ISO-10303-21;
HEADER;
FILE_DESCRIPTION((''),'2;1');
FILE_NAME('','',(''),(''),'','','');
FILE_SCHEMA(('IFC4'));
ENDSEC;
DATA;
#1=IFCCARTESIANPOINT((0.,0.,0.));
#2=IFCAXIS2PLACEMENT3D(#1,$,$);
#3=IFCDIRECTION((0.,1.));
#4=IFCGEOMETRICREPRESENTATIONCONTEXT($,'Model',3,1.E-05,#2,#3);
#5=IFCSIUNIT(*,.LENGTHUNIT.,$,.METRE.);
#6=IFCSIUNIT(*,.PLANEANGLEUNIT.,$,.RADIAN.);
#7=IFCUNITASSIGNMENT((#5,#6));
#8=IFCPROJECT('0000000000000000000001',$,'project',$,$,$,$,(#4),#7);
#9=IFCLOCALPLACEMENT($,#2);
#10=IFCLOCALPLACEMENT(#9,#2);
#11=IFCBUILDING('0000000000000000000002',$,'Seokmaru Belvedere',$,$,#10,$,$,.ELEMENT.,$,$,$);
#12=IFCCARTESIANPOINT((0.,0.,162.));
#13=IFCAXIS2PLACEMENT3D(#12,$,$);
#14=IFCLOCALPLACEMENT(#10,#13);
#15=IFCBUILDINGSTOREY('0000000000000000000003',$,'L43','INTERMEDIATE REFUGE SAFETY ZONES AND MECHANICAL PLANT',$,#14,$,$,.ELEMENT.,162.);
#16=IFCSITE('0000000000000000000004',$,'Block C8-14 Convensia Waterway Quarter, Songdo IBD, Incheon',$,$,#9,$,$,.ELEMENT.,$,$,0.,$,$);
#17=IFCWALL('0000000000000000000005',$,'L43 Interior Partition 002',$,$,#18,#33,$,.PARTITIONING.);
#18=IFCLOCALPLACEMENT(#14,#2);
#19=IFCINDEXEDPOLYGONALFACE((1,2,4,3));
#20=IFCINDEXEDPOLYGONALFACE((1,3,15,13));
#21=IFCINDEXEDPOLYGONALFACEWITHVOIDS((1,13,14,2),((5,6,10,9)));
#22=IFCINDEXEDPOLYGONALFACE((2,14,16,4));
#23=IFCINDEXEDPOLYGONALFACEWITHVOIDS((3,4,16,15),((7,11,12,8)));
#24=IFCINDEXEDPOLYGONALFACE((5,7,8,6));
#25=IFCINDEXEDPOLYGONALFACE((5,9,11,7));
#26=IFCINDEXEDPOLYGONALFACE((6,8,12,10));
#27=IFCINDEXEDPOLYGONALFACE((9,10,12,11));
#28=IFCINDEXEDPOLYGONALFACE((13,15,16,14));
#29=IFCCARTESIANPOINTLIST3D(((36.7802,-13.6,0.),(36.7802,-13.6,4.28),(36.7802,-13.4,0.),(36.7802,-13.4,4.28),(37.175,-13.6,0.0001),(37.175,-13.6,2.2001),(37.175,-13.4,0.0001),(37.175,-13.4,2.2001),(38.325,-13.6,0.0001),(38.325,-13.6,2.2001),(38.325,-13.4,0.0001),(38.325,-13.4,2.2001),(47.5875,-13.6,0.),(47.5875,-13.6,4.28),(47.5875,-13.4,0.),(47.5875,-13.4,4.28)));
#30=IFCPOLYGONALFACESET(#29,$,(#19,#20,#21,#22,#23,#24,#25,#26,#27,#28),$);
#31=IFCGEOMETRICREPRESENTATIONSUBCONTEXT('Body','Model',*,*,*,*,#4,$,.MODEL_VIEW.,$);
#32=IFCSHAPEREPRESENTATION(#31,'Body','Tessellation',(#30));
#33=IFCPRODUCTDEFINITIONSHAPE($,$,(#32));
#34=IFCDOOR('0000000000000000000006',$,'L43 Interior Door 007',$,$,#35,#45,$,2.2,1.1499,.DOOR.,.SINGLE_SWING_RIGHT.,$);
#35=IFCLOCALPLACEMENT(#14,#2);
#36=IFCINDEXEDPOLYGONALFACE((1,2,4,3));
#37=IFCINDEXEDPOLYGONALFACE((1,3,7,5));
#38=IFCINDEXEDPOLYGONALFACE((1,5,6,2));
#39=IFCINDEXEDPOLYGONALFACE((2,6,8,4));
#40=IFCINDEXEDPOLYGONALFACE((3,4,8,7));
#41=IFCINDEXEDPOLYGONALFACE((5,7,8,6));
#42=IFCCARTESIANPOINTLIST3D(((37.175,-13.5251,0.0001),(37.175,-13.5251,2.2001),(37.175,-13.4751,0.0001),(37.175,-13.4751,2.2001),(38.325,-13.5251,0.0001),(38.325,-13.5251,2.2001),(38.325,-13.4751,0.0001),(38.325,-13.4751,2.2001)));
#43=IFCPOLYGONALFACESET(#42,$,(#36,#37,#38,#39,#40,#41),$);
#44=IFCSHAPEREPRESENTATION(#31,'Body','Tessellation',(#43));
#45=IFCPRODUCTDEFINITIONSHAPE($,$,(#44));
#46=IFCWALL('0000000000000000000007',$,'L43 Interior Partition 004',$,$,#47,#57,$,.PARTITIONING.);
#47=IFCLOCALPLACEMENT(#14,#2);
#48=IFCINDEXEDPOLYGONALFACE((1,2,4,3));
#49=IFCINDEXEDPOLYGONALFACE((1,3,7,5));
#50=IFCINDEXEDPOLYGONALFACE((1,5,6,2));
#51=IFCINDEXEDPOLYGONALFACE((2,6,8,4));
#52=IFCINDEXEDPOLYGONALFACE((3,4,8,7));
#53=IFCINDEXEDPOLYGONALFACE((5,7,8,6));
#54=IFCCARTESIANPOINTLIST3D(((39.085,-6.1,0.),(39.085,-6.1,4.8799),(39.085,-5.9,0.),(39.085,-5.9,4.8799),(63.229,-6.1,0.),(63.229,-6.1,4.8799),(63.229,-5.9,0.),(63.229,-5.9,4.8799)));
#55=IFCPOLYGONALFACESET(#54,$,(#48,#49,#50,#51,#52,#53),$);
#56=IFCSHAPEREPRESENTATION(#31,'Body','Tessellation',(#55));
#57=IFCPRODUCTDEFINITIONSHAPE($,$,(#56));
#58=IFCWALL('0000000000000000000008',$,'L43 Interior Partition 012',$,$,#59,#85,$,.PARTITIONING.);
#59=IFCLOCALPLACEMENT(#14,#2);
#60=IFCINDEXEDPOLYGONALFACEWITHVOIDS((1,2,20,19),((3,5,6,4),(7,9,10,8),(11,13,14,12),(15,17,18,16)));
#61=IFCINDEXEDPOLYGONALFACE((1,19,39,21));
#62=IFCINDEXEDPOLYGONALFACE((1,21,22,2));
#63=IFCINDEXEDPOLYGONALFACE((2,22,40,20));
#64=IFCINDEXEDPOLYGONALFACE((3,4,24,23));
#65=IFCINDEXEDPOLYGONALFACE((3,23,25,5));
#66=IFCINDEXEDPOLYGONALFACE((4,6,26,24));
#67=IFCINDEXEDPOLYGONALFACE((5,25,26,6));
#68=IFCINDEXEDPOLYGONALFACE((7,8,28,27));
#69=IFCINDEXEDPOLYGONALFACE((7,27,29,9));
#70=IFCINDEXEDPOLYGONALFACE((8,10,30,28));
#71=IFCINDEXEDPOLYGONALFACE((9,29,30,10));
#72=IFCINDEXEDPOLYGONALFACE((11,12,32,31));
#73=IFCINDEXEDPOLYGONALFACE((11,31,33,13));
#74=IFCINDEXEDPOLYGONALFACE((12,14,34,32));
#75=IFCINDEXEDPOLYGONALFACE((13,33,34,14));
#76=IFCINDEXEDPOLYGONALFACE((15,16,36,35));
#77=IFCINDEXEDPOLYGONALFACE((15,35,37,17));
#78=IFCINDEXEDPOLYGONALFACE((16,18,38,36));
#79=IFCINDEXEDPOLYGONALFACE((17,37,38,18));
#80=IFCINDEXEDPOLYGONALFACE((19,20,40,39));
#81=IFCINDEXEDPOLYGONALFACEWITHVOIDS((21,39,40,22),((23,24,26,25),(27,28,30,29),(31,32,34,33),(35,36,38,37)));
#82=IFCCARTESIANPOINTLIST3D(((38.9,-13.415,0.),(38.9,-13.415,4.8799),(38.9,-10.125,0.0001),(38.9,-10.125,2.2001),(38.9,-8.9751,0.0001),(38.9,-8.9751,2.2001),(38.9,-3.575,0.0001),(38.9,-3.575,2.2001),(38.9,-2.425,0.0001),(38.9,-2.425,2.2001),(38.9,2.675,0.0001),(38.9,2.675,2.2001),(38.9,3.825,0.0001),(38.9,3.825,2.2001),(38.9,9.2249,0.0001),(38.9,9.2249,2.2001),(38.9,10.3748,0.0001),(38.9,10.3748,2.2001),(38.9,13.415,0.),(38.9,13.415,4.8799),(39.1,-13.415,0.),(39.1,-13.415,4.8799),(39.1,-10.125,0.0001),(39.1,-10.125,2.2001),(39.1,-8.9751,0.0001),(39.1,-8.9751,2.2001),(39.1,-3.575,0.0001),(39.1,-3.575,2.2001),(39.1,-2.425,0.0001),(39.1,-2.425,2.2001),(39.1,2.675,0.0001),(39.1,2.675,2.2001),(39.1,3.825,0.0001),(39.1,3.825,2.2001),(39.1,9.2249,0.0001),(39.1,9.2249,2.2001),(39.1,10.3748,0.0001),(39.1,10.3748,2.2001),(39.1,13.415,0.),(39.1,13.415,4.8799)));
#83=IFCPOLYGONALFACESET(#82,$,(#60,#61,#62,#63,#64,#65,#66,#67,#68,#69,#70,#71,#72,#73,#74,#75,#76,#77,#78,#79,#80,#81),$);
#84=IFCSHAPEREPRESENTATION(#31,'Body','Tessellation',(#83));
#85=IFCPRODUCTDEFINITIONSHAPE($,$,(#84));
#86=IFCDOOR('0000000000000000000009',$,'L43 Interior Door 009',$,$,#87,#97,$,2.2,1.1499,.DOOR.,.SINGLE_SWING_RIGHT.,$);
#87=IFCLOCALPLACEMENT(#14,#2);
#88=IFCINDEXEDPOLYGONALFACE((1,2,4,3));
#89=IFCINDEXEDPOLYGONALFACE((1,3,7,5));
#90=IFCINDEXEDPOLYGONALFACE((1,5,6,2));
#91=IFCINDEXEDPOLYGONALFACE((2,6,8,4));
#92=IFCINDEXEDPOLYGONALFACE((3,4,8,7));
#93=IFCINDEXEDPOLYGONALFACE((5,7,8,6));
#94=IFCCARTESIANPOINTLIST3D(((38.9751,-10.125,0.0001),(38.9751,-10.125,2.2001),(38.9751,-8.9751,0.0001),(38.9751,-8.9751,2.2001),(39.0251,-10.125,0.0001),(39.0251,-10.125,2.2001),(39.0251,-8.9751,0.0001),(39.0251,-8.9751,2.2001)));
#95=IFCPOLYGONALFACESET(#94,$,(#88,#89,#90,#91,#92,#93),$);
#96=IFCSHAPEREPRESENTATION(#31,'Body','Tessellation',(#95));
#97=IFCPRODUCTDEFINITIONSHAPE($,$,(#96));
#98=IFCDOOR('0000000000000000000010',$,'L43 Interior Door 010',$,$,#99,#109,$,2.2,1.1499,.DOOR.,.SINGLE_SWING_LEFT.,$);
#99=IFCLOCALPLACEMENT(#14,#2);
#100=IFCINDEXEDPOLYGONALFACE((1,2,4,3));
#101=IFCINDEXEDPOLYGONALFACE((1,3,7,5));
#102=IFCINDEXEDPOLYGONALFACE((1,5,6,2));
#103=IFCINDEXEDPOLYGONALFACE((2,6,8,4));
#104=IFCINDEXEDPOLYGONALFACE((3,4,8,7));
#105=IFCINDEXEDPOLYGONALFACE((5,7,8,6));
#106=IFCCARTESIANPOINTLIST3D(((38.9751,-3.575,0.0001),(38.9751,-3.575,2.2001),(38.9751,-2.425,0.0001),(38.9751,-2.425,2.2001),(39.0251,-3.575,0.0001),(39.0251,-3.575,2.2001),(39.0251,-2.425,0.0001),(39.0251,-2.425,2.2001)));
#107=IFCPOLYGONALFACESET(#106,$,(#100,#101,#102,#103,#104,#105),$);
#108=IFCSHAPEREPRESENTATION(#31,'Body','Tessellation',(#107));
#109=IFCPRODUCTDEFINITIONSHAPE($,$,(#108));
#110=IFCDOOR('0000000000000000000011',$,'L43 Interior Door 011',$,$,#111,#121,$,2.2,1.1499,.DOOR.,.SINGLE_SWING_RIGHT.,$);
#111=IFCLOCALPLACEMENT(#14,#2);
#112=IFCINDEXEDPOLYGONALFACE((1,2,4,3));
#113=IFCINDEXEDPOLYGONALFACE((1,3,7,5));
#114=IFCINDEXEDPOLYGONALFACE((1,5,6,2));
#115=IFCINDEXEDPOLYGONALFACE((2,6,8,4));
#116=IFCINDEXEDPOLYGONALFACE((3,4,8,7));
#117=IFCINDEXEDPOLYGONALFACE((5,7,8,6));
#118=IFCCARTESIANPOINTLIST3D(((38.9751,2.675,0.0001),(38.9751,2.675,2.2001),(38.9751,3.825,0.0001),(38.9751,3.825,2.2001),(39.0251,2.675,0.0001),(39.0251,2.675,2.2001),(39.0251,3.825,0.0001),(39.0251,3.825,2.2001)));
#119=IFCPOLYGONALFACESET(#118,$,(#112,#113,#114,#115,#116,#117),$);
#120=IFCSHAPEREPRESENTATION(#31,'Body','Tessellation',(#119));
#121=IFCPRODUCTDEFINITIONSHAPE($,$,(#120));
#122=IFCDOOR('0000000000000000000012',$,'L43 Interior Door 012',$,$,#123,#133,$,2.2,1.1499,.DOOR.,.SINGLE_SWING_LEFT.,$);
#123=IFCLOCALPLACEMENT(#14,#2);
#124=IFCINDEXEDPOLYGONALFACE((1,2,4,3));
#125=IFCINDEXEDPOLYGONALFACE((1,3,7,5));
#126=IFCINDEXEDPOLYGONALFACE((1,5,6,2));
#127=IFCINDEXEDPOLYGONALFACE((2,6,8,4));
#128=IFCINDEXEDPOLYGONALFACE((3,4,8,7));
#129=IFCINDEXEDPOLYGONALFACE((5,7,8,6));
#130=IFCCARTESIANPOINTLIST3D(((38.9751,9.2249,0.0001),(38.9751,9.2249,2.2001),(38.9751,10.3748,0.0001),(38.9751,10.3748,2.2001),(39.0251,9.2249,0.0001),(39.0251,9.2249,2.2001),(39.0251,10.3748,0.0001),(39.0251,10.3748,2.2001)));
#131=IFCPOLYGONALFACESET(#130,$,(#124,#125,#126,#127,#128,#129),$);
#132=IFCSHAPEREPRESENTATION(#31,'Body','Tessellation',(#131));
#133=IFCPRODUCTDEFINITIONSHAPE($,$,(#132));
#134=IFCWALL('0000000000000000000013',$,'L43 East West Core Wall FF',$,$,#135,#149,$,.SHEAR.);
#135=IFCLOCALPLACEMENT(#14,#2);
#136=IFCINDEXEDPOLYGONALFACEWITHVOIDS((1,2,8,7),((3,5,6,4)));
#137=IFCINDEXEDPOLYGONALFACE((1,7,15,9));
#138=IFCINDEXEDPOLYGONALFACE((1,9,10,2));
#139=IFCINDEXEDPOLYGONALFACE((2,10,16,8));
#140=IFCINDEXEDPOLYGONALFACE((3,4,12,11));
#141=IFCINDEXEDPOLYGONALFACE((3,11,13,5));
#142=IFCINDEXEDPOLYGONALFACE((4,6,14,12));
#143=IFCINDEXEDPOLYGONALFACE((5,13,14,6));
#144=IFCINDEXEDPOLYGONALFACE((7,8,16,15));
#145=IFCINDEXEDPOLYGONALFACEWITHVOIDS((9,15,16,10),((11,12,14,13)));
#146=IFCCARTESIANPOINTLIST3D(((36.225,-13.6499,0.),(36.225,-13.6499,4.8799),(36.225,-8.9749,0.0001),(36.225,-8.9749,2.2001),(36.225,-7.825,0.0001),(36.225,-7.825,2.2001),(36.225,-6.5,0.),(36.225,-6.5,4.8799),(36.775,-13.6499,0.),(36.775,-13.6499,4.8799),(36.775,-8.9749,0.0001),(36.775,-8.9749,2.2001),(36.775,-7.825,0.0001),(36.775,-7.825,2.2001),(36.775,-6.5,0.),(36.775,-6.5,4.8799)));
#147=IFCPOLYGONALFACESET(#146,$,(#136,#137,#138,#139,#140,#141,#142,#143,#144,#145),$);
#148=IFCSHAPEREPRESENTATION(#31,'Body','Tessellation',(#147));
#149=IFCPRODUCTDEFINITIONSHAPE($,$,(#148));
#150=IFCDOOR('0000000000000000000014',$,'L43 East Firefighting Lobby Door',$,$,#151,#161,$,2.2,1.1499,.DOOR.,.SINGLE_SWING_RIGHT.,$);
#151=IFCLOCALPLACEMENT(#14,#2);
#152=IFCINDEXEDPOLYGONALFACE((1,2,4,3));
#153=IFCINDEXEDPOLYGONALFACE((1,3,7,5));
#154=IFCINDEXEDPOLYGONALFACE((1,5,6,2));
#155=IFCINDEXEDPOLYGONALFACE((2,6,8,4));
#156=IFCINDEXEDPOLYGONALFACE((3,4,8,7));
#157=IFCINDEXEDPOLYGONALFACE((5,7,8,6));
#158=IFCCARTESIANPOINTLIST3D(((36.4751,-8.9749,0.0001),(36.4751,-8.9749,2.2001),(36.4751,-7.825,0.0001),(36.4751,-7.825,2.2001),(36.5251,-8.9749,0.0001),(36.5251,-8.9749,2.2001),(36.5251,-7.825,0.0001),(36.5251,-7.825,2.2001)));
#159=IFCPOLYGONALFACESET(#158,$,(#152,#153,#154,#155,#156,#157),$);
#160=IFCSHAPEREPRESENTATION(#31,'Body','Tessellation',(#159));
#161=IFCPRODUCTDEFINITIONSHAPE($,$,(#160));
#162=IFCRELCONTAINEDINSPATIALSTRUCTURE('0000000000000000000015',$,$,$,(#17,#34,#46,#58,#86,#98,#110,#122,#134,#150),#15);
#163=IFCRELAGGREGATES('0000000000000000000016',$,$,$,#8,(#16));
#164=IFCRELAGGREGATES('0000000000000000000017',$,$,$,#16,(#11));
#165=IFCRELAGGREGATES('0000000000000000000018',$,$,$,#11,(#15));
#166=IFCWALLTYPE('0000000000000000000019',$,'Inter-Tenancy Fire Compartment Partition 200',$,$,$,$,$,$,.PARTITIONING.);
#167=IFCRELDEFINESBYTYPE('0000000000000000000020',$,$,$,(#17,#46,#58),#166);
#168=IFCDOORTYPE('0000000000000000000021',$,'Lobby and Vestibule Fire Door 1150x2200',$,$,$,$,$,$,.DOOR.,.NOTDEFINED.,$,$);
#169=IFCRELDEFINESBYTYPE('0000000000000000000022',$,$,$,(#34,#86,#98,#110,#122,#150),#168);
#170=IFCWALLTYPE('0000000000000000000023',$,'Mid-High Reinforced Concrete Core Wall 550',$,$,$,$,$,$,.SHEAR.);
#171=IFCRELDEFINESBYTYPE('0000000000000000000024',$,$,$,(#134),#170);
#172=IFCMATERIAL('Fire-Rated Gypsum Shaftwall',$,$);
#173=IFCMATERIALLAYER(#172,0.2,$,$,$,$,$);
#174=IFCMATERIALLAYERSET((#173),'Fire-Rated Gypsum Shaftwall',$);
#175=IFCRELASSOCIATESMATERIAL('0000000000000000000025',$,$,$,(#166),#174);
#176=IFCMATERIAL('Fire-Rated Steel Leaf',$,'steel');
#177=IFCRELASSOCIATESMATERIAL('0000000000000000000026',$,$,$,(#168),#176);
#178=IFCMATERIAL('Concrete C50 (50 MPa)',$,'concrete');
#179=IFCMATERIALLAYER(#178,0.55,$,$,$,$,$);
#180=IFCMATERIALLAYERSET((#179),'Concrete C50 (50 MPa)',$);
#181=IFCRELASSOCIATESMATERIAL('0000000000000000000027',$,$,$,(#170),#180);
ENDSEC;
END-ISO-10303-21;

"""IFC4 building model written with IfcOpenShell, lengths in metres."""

from ifc_helpers import new_model, si_unit, direction, frame, frame_2d, origin, place, context, subcontext, project, spatial, rectangle, extrude, source, transform, mapped, material, layer, layer_set, type_object, type_shapes, element, fill, save


model = new_model("IFC4")

# Units and contexts
model_context = context("Model", 3, precision=1e-05, world=origin(), true_north=direction((0.0, 1.0)))
body_context = subcontext(model_context, "Body", "Model", "MODEL_VIEW")
ifc_project = project(units=[si_unit("LENGTHUNIT", "METRE"), si_unit("PLANEANGLEUNIT", "RADIAN")], contexts=[model_context])

# Site, building, storey
site_placement = place(None, origin())
site = spatial("IfcSite", under=ifc_project, at=site_placement, Name="Block C8-14 Convensia Waterway Quarter, Songdo IBD, Incheon", CompositionType="ELEMENT", RefElevation=0.0)
building_placement = place(site_placement, origin())
building = spatial("IfcBuilding", under=site, at=building_placement, Name="Seokmaru Belvedere", CompositionType="ELEMENT")
storey_placement = place(building_placement, frame((0.0, 0.0, 162.0)))
storey = spatial("IfcBuildingStorey", under=building, at=storey_placement, Name="L43", Description="INTERMEDIATE REFUGE SAFETY ZONES AND MECHANICAL PLANT", CompositionType="ELEMENT", Elevation=162.0)

# Wall, opening, door
ifc_material_1 = material(Name="Fire-Rated Gypsum Shaftwall")
ifc_layer_1 = layer(ifc_material_1, 0.2)
ifc_layer_set_1 = layer_set([ifc_layer_1], Name="Fire-Rated Gypsum Shaftwall")
wall_type_1 = type_object("IfcWallType", Name="Inter-Tenancy Fire Compartment Partition 200", PredefinedType="PARTITIONING", material=ifc_layer_set_1)
wall_1_placement = place(storey_placement, frame((36.78, -13.5, 0.0), z_axis=(0.0, 0.0, 1.0), x_axis=(1.0, 0.0, 0.0)))
wall_1 = element("IfcWall", 1, at=wall_1_placement, inside=storey, type_object=wall_type_1, Name="L43 Interior Partition 002", PredefinedType="PARTITIONING", context=body_context, shape_type="SweptSolid", body=[
    extrude(rectangle(XDim=10.8074, YDim=0.2, at=frame_2d((5.4038, 0.0))), origin(), (0.0, 0.0, 1.0), 4.28),
])
opening_1_placement = place(wall_1_placement, frame((0.395, 0.0, 0.0)))
opening_1 = element("IfcOpeningElement", 2, at=opening_1_placement, cuts=wall_1, PredefinedType="OPENING", context=body_context, shape_type="SweptSolid", body=[
    extrude(rectangle(XDim=1.1499, YDim=2.2, at=frame_2d((0.575, 1.1001))), frame((0.0, 0.1099, 0.0), z_axis=(0.0, -1.0, 0.0), x_axis=(1.0, 0.0, 0.0)), (0.0, 0.0, 1.0), 0.22),
])
ifc_material_2 = material(Name="Fire-Rated Steel Leaf", Category="steel")
door_type_1 = type_object("IfcDoorType", Name="Lobby and Vestibule Fire Door 1150x2200", OperationType="NOTDEFINED", PredefinedType="DOOR", material=ifc_material_2)
shared_shape_1 = source(origin(), body_context, "Body", "SweptSolid", [
    extrude(rectangle(XDim=1.1499, YDim=2.2, at=frame_2d((0.575, 1.1001))), frame((0.0, 0.0249, 0.0), z_axis=(0.0, -1.0, 0.0), x_axis=(1.0, 0.0, 0.0)), (0.0, 0.0, 1.0), 0.05),
])
type_shapes(door_type_1, [shared_shape_1])
door_1_placement = place(opening_1_placement, origin())
door_1 = element("IfcDoor", 3, at=door_1_placement, inside=storey, type_object=door_type_1, Name="L43 Interior Door 007", OperationType="SINGLE_SWING_RIGHT", OverallHeight=2.2, OverallWidth=1.1499, PredefinedType="DOOR", context=body_context, shape_type="MappedRepresentation", body=[
    mapped(shared_shape_1, transform((0.0, 0.0, 0.0), scale=1.0)),
])
fill(opening_1, door_1)

# Wall
wall_2_placement = place(storey_placement, frame((39.085, -6.0, 0.0), z_axis=(0.0, 0.0, 1.0), x_axis=(1.0, 0.0, 0.0)))
element("IfcWall", 4, at=wall_2_placement, inside=storey, type_object=wall_type_1, Name="L43 Interior Partition 004", PredefinedType="PARTITIONING", context=body_context, shape_type="SweptSolid", body=[
    extrude(rectangle(XDim=24.144, YDim=0.2, at=frame_2d((12.072, 0.0))), origin(), (0.0, 0.0, 1.0), 4.8799),
])

# Wall, openings, doors
wall_3_placement = place(storey_placement, frame((39.0, -13.415, 0.0), z_axis=(0.0, 0.0, 1.0), x_axis=(0.0, 1.0, 0.0)))
wall_3 = element("IfcWall", 5, at=wall_3_placement, inside=storey, type_object=wall_type_1, Name="L43 Interior Partition 012", PredefinedType="PARTITIONING", context=body_context, shape_type="SweptSolid", body=[
    extrude(rectangle(XDim=26.8301, YDim=0.2, at=frame_2d((13.415, 0.0))), origin(), (0.0, 0.0, 1.0), 4.8799),
])
opening_2_placement = place(wall_3_placement, frame((3.29, 0.0, 0.0)))
opening_2 = element("IfcOpeningElement", 6, at=opening_2_placement, cuts=wall_3, PredefinedType="OPENING", context=body_context, shape_type="SweptSolid", body=[
    extrude(rectangle(XDim=1.1499, YDim=2.2, at=frame_2d((0.575, 1.1001))), frame((0.0, 0.1099, 0.0), z_axis=(0.0, -1.0, 0.0), x_axis=(1.0, 0.0, 0.0)), (0.0, 0.0, 1.0), 0.22),
])
opening_3_placement = place(wall_3_placement, frame((9.8401, 0.0, 0.0)))
opening_3 = element("IfcOpeningElement", 7, at=opening_3_placement, cuts=wall_3, PredefinedType="OPENING", context=body_context, shape_type="SweptSolid", body=[
    extrude(rectangle(XDim=1.1499, YDim=2.2, at=frame_2d((0.575, 1.1001))), frame((0.0, 0.1099, 0.0), z_axis=(0.0, -1.0, 0.0), x_axis=(1.0, 0.0, 0.0)), (0.0, 0.0, 1.0), 0.22),
])
opening_4_placement = place(wall_3_placement, frame((16.0901, 0.0, 0.0)))
opening_4 = element("IfcOpeningElement", 8, at=opening_4_placement, cuts=wall_3, PredefinedType="OPENING", context=body_context, shape_type="SweptSolid", body=[
    extrude(rectangle(XDim=1.1499, YDim=2.2, at=frame_2d((0.575, 1.1001))), frame((0.0, 0.1099, 0.0), z_axis=(0.0, -1.0, 0.0), x_axis=(1.0, 0.0, 0.0)), (0.0, 0.0, 1.0), 0.22),
])
opening_5_placement = place(wall_3_placement, frame((22.6399, 0.0, 0.0)))
opening_5 = element("IfcOpeningElement", 9, at=opening_5_placement, cuts=wall_3, PredefinedType="OPENING", context=body_context, shape_type="SweptSolid", body=[
    extrude(rectangle(XDim=1.1499, YDim=2.2, at=frame_2d((0.575, 1.1001))), frame((0.0, 0.1099, 0.0), z_axis=(0.0, -1.0, 0.0), x_axis=(1.0, 0.0, 0.0)), (0.0, 0.0, 1.0), 0.22),
])
door_2_placement = place(opening_2_placement, origin())
door_2 = element("IfcDoor", 10, at=door_2_placement, inside=storey, type_object=door_type_1, Name="L43 Interior Door 009", OperationType="SINGLE_SWING_RIGHT", OverallHeight=2.2, OverallWidth=1.1499, PredefinedType="DOOR", context=body_context, shape_type="MappedRepresentation", body=[
    mapped(shared_shape_1, transform((0.0, 0.0, 0.0), scale=1.0)),
])
fill(opening_2, door_2)
door_3_placement = place(opening_3_placement, origin())
door_3 = element("IfcDoor", 11, at=door_3_placement, inside=storey, type_object=door_type_1, Name="L43 Interior Door 010", OperationType="SINGLE_SWING_LEFT", OverallHeight=2.2, OverallWidth=1.1499, PredefinedType="DOOR", context=body_context, shape_type="MappedRepresentation", body=[
    mapped(shared_shape_1, transform((0.0, 0.0, 0.0), scale=1.0)),
])
fill(opening_3, door_3)
door_4_placement = place(opening_4_placement, origin())
door_4 = element("IfcDoor", 12, at=door_4_placement, inside=storey, type_object=door_type_1, Name="L43 Interior Door 011", OperationType="SINGLE_SWING_RIGHT", OverallHeight=2.2, OverallWidth=1.1499, PredefinedType="DOOR", context=body_context, shape_type="MappedRepresentation", body=[
    mapped(shared_shape_1, transform((0.0, 0.0, 0.0), scale=1.0)),
])
fill(opening_4, door_4)
door_5_placement = place(opening_5_placement, origin())
door_5 = element("IfcDoor", 13, at=door_5_placement, inside=storey, type_object=door_type_1, Name="L43 Interior Door 012", OperationType="SINGLE_SWING_LEFT", OverallHeight=2.2, OverallWidth=1.1499, PredefinedType="DOOR", context=body_context, shape_type="MappedRepresentation", body=[
    mapped(shared_shape_1, transform((0.0, 0.0, 0.0), scale=1.0)),
])
fill(opening_5, door_5)

# Wall, opening, door
ifc_material_3 = material(Name="Concrete C50 (50 MPa)", Category="concrete")
ifc_layer_2 = layer(ifc_material_3, 0.55)
ifc_layer_set_2 = layer_set([ifc_layer_2], Name="Concrete C50 (50 MPa)")
wall_type_2 = type_object("IfcWallType", Name="Mid-High Reinforced Concrete Core Wall 550", PredefinedType="SHEAR", material=ifc_layer_set_2)
wall_4_placement = place(storey_placement, frame((36.5, -13.6499, 0.0), z_axis=(0.0, 0.0, 1.0), x_axis=(0.0, 1.0, 0.0)))
wall_4 = element("IfcWall", 14, at=wall_4_placement, inside=storey, type_object=wall_type_2, Name="L43 East West Core Wall FF", PredefinedType="SHEAR", context=body_context, shape_type="SweptSolid", body=[
    extrude(rectangle(XDim=7.1499, YDim=0.55, at=frame_2d((3.575, 0.0))), origin(), (0.0, 0.0, 1.0), 4.8799),
])
opening_6_placement = place(wall_4_placement, frame((4.675, 0.0, 0.0)))
opening_6 = element("IfcOpeningElement", 15, at=opening_6_placement, cuts=wall_4, PredefinedType="OPENING", context=body_context, shape_type="SweptSolid", body=[
    extrude(rectangle(XDim=1.1499, YDim=2.2, at=frame_2d((0.575, 1.1001))), frame((0.0, 0.2852, 0.0), z_axis=(0.0, -1.0, 0.0), x_axis=(1.0, 0.0, 0.0)), (0.0, 0.0, 1.0), 0.5701),
])
door_6_placement = place(opening_6_placement, origin())
door_6 = element("IfcDoor", 16, at=door_6_placement, inside=storey, type_object=door_type_1, Name="L43 East Firefighting Lobby Door", OperationType="SINGLE_SWING_RIGHT", OverallHeight=2.2, OverallWidth=1.1499, PredefinedType="DOOR", context=body_context, shape_type="MappedRepresentation", body=[
    mapped(shared_shape_1, transform((0.0, 0.0, 0.0), scale=1.0)),
])
fill(opening_6, door_6)

save(model, "model.ifc")
